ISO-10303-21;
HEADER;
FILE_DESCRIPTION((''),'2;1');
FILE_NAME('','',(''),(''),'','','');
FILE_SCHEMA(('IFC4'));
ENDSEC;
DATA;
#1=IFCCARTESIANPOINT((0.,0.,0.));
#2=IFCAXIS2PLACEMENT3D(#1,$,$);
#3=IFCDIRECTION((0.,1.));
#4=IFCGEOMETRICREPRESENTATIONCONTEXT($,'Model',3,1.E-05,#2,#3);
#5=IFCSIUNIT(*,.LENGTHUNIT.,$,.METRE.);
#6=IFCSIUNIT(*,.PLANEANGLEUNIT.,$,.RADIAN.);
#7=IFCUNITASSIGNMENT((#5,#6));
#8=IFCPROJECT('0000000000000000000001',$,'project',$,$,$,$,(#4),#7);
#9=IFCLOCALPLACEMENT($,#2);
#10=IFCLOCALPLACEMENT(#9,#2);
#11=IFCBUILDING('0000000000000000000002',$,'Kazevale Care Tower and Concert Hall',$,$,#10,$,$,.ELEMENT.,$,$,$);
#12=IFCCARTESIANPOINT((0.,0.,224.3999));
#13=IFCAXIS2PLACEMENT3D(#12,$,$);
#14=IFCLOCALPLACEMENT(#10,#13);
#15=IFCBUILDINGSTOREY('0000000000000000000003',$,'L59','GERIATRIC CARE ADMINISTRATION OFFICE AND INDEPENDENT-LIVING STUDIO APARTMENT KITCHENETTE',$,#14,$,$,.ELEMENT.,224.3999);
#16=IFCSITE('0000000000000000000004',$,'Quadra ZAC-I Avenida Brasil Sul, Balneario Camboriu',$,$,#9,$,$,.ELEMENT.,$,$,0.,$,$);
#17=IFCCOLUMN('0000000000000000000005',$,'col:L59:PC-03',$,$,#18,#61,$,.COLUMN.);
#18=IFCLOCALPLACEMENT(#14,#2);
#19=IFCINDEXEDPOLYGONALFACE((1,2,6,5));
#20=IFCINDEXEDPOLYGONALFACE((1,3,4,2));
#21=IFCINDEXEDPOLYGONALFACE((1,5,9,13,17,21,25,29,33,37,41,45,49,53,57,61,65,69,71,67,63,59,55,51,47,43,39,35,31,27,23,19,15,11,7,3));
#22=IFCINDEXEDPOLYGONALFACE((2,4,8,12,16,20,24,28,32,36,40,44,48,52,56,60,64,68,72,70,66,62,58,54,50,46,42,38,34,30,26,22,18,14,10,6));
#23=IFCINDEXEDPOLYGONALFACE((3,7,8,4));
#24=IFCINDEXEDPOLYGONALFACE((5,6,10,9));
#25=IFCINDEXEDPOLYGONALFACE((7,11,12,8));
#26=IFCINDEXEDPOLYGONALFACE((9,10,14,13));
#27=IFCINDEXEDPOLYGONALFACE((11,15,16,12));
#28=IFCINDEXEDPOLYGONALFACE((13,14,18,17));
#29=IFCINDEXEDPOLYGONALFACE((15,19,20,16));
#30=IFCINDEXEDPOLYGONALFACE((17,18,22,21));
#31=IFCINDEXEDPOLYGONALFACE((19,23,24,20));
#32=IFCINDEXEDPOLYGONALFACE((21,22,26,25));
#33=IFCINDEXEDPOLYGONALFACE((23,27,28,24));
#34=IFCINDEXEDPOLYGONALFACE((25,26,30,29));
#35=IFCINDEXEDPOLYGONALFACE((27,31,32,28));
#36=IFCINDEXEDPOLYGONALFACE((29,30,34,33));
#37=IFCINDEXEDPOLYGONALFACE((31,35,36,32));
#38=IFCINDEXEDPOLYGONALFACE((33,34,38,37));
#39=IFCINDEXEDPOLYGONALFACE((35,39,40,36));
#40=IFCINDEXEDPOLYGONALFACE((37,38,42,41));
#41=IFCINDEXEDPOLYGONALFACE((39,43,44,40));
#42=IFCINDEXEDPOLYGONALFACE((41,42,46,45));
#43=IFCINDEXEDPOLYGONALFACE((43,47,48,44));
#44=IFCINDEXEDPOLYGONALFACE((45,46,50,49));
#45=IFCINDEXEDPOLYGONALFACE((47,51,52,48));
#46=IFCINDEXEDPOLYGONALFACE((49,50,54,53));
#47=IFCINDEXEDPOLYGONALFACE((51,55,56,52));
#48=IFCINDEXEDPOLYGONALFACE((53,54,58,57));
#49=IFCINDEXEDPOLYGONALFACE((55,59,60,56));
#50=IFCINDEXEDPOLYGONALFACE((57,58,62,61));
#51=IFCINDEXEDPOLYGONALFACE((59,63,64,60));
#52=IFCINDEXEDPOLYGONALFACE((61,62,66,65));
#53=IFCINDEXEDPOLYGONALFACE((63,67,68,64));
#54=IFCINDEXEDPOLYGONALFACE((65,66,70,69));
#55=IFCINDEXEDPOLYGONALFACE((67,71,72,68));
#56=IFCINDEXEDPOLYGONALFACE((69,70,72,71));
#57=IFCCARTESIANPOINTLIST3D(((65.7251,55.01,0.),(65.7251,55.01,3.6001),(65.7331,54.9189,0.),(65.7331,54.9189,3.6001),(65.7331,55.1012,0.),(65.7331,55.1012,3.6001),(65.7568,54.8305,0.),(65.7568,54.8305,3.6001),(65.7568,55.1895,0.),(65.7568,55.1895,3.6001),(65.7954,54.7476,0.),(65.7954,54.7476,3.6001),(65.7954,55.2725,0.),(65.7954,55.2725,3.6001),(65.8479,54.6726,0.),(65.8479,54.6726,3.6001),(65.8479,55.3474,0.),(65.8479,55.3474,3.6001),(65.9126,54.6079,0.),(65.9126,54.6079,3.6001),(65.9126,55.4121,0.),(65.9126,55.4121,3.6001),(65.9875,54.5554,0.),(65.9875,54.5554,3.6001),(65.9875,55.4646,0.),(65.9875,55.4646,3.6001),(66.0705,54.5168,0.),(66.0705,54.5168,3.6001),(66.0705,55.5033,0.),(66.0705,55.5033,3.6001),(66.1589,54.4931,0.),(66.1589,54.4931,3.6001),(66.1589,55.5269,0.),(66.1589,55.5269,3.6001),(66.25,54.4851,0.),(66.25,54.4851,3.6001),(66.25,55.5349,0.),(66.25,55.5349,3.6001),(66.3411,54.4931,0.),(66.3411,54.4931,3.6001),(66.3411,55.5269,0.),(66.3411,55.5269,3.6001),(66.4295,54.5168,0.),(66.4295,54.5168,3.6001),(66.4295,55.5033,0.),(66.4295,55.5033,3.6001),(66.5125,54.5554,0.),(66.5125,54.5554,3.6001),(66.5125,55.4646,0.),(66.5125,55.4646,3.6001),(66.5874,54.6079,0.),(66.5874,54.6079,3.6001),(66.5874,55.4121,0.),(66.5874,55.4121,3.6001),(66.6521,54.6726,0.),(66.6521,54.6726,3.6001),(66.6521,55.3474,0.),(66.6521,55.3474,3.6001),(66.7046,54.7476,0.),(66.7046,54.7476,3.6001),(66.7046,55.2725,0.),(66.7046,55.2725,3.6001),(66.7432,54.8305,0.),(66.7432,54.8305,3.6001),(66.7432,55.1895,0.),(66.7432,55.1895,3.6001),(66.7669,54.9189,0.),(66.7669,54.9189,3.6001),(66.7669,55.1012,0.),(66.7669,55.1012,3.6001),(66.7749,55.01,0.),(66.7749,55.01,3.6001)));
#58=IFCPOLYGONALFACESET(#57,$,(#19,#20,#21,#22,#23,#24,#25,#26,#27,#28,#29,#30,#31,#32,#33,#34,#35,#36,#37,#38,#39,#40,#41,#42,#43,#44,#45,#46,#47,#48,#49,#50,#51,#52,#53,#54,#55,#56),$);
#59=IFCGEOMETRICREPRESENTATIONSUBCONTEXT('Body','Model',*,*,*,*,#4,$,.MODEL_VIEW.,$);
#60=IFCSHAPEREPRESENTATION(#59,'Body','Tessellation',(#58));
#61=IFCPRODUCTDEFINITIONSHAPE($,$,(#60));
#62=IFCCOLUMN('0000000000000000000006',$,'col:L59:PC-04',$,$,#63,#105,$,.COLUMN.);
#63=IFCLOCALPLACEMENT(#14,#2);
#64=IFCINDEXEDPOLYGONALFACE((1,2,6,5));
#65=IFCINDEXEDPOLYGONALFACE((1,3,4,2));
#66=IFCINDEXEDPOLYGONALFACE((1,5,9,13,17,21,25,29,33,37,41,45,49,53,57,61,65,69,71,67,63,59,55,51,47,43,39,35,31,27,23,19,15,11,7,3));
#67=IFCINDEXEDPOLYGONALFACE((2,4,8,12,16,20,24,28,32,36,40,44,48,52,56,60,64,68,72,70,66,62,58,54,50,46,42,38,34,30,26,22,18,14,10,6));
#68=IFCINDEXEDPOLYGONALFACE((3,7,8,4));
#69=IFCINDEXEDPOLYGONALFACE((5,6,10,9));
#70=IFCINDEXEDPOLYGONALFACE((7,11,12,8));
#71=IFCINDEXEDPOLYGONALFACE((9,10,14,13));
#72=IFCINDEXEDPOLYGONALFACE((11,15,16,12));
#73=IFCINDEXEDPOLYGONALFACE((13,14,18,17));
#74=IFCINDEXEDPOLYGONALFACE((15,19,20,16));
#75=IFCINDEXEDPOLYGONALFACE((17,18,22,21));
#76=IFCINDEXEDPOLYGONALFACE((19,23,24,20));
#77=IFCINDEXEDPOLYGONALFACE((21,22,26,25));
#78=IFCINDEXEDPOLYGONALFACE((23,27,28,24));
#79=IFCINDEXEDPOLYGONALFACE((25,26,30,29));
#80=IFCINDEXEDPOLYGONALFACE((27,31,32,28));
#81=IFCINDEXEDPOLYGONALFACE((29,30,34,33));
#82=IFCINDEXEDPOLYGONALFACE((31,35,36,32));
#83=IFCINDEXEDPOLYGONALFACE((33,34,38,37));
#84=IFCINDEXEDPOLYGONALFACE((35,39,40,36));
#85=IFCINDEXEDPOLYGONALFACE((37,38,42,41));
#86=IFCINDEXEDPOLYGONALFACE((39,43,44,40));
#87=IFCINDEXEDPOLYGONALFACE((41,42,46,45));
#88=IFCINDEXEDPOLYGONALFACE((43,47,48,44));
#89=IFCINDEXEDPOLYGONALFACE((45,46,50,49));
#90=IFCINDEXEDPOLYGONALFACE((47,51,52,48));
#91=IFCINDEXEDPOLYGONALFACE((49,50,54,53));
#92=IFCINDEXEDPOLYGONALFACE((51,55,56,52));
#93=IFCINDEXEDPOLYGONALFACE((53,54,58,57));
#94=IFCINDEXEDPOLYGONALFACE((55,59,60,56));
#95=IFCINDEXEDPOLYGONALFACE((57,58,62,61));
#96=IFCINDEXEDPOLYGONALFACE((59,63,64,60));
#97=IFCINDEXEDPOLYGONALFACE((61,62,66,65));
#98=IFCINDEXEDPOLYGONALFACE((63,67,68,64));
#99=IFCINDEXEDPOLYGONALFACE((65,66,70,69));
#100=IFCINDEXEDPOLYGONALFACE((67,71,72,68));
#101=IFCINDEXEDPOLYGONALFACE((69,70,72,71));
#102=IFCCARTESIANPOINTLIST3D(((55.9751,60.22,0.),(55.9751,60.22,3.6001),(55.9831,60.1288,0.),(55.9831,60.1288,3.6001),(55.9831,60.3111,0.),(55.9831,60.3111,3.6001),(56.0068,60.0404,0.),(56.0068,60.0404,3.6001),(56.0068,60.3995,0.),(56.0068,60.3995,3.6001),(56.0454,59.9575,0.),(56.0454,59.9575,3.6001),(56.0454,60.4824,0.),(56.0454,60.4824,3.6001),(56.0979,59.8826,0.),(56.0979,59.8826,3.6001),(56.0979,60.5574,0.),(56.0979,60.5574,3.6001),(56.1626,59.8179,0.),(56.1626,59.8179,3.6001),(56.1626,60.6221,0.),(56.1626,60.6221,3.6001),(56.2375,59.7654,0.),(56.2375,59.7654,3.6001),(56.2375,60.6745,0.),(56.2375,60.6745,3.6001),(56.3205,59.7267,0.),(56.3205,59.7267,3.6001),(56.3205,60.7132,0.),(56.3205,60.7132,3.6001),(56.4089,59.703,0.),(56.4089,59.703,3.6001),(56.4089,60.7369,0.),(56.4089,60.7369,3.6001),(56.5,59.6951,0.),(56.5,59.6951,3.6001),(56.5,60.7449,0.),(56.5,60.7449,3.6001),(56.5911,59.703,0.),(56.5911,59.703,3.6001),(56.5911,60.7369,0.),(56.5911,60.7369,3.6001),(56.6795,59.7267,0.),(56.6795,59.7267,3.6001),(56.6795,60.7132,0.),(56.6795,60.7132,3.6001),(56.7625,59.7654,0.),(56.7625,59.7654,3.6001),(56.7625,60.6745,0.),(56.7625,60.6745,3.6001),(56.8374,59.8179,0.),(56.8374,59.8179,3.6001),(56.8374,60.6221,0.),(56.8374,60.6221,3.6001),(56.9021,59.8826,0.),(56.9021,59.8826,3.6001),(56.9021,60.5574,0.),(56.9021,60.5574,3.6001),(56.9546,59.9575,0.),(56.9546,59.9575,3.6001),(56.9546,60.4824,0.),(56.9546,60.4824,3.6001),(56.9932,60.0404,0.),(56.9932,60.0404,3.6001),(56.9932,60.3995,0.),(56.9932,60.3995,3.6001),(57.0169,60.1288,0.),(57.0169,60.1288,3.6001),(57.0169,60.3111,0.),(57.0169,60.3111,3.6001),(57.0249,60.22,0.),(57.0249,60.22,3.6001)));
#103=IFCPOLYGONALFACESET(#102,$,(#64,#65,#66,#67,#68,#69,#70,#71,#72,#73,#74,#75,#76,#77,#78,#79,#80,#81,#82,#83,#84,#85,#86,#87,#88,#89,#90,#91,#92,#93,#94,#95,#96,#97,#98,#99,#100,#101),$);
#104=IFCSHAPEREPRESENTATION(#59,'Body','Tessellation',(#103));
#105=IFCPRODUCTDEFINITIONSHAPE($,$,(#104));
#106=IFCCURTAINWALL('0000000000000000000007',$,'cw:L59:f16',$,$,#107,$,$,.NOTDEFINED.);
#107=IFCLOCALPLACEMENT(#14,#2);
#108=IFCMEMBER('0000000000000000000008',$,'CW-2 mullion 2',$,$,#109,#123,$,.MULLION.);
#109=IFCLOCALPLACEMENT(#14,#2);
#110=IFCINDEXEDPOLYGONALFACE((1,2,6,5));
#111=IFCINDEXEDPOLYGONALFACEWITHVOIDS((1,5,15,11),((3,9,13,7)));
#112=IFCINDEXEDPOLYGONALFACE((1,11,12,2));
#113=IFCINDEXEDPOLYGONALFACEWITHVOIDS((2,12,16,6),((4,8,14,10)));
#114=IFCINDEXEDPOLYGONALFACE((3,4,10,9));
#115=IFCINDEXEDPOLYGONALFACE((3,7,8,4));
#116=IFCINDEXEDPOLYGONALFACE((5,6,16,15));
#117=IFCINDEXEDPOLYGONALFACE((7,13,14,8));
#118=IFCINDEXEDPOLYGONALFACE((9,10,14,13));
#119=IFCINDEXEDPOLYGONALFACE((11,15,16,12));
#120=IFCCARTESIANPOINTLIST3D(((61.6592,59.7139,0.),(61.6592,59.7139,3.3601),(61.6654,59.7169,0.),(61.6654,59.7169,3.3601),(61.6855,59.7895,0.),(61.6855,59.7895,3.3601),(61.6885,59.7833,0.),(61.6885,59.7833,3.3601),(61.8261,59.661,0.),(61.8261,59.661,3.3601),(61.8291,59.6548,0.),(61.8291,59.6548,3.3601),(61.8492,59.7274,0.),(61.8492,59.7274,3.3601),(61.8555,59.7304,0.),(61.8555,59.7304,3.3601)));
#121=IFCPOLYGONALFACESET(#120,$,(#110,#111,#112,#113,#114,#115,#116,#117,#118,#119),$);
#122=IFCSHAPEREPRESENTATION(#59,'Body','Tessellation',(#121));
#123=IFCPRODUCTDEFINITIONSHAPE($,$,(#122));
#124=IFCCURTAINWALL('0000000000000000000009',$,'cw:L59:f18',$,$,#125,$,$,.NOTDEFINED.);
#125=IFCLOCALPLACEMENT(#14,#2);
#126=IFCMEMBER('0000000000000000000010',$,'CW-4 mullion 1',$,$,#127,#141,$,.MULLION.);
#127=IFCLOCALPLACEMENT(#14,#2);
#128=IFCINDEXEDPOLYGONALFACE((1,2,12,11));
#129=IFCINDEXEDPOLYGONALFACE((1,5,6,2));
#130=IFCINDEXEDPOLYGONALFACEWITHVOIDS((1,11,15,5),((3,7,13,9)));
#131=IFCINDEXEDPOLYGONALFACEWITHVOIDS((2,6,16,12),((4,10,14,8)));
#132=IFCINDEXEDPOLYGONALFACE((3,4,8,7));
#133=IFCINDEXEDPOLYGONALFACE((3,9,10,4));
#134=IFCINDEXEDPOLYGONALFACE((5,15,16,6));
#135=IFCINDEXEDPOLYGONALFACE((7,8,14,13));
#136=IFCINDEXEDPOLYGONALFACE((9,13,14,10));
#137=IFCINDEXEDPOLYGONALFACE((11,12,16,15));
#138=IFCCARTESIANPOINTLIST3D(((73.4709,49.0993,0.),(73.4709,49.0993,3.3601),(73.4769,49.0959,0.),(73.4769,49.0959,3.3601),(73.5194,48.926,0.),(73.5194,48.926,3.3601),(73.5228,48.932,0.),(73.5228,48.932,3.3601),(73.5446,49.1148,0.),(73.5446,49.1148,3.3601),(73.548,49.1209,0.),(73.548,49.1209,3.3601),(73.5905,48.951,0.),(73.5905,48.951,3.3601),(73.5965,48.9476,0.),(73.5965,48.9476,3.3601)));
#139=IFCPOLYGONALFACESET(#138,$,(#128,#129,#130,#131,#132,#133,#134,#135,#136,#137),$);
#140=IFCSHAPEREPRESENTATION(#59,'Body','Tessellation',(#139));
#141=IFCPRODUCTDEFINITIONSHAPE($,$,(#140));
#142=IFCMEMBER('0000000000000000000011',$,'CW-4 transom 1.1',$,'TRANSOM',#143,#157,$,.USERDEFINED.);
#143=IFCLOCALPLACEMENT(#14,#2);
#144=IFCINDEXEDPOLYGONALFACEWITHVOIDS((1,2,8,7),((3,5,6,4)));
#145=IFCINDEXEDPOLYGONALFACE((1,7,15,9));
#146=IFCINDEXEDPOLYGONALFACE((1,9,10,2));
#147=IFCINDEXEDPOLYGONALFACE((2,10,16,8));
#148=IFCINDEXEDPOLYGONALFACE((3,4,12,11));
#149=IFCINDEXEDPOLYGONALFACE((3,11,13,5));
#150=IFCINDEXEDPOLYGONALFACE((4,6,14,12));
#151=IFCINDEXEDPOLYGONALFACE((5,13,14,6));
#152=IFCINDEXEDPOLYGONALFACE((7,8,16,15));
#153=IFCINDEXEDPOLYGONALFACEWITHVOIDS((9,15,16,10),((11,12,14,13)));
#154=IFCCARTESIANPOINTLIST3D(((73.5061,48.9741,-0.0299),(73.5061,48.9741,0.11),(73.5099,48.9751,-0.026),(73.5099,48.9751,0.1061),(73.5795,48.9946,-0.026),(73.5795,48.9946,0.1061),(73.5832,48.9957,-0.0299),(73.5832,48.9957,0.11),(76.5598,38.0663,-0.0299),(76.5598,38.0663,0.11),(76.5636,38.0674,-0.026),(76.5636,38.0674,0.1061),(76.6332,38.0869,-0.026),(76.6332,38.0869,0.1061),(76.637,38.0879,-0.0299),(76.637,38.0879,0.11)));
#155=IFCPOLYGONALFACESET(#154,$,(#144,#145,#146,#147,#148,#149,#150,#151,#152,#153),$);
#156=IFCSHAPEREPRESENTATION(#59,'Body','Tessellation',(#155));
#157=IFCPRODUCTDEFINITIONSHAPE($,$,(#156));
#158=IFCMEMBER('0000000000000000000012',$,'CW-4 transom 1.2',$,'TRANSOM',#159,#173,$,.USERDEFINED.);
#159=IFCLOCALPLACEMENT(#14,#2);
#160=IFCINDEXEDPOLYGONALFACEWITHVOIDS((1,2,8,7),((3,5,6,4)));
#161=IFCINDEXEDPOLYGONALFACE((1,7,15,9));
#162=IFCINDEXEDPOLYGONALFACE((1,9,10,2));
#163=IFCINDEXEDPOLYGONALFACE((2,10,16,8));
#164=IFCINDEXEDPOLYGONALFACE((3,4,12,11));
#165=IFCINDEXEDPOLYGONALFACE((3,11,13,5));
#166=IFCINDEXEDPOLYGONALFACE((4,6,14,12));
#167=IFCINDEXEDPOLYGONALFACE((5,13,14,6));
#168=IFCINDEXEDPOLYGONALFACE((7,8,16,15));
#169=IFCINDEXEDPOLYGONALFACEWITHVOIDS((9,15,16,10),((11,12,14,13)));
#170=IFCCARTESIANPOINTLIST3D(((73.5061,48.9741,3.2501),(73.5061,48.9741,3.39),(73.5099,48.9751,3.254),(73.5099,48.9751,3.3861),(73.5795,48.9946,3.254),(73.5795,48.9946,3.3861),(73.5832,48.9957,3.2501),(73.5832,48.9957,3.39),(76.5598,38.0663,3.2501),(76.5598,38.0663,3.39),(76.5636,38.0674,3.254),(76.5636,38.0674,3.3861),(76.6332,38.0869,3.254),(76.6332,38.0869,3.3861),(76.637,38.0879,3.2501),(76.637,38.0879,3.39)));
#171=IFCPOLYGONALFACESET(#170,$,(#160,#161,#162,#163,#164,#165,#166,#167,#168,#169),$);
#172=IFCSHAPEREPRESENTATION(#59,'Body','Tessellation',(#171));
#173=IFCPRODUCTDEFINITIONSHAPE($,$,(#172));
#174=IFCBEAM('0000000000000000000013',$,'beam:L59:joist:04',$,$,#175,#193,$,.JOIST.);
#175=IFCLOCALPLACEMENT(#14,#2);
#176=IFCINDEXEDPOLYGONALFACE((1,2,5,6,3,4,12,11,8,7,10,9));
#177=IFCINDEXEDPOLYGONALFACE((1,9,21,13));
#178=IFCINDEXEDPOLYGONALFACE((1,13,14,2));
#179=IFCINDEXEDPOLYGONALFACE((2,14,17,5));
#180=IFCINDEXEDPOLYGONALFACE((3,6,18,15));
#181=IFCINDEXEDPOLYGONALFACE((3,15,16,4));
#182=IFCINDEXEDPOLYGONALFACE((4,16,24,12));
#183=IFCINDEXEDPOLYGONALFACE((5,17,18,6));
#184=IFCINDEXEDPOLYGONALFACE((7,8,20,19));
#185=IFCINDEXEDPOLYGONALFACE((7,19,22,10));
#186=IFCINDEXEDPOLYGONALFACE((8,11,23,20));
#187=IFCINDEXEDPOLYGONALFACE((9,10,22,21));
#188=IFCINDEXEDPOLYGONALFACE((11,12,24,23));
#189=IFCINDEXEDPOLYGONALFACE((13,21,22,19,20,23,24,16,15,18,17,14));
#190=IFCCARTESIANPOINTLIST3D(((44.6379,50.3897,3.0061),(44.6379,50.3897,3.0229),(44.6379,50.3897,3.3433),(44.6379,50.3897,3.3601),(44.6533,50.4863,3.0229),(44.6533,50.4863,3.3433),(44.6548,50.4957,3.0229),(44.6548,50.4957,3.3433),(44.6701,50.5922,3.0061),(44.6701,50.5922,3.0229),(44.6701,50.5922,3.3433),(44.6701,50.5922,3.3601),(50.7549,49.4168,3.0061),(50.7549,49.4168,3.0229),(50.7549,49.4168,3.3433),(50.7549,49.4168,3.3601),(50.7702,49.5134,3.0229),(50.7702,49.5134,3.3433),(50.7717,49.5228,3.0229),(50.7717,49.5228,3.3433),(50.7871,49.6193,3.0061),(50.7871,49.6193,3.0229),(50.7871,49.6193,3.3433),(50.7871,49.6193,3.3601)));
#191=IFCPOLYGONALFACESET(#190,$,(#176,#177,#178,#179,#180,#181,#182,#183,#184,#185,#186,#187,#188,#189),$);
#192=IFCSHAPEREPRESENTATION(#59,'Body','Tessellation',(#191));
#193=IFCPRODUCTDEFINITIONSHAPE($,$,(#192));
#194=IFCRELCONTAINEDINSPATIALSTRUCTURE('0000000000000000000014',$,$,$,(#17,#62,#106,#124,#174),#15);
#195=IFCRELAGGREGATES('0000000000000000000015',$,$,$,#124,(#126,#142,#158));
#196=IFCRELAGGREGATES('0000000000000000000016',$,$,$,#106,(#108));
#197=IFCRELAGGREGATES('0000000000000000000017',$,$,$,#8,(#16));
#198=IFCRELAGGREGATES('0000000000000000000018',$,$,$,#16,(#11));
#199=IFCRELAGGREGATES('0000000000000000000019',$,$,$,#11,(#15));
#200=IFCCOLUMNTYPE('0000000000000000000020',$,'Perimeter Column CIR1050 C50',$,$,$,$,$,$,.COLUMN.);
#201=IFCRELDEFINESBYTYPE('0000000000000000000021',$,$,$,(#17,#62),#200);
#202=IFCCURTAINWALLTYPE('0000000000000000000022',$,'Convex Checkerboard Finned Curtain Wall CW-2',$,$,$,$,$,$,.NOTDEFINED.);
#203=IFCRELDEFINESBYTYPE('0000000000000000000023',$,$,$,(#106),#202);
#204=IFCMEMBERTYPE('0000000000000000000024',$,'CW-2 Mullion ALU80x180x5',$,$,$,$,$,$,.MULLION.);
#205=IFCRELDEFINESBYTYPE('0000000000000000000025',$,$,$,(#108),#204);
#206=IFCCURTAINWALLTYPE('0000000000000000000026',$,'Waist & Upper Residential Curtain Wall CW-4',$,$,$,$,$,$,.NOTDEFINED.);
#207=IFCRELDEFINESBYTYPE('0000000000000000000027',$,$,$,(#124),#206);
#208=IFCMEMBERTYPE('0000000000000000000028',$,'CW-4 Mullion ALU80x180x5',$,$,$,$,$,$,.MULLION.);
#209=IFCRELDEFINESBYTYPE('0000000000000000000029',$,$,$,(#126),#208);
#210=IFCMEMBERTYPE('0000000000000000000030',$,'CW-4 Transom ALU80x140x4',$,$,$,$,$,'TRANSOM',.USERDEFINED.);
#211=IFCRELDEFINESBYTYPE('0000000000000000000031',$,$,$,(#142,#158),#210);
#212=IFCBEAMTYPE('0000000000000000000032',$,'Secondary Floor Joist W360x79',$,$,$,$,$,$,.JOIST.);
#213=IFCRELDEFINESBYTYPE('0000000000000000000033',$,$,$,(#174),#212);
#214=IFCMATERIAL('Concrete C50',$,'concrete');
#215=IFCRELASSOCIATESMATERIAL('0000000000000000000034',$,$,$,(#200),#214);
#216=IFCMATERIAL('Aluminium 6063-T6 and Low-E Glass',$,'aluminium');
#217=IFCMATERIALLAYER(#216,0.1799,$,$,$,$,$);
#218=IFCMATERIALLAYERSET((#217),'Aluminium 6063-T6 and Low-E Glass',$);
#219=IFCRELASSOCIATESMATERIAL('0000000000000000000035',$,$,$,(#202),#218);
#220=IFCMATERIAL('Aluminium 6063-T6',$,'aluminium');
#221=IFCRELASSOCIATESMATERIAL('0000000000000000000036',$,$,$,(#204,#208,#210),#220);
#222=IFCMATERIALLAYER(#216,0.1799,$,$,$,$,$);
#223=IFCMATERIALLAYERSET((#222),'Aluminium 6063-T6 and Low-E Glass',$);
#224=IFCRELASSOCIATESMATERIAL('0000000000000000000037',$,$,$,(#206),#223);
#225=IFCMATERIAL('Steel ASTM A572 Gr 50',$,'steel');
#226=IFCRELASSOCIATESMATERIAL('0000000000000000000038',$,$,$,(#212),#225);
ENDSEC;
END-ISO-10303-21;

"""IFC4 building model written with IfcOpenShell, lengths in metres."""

from ifc_helpers import new_model, si_unit, direction, frame, origin, origin_2d, place, context, subcontext, project, spatial, hollow_rectangle, circle, i_section, extrude, material, layer, layer_set, material_profile, profile_set, type_object, element, aggregate, save


model = new_model("IFC4")

# Units and contexts
model_context = context("Model", 3, precision=1e-05, world=origin(), true_north=direction((0.0, 1.0)))
body_context = subcontext(model_context, "Body", "Model", "MODEL_VIEW")
ifc_project = project(units=[si_unit("LENGTHUNIT", "METRE"), si_unit("PLANEANGLEUNIT", "RADIAN")], contexts=[model_context])

# Site, building, storey
site_placement = place(None, origin())
site = spatial("IfcSite", under=ifc_project, at=site_placement, Name="Quadra ZAC-I Avenida Brasil Sul, Balneario Camboriu", CompositionType="ELEMENT", RefElevation=0.0)
building_placement = place(site_placement, origin())
building = spatial("IfcBuilding", under=site, at=building_placement, Name="Kazevale Care Tower and Concert Hall", CompositionType="ELEMENT")
storey_placement = place(building_placement, frame((0.0, 0.0, 224.3999)))
storey = spatial("IfcBuildingStorey", under=building, at=storey_placement, Name="L59", Description="GERIATRIC CARE ADMINISTRATION OFFICE AND INDEPENDENT-LIVING STUDIO APARTMENT KITCHENETTE", CompositionType="ELEMENT", Elevation=224.3999)

# Columns
ifc_material_1 = material(Name="Concrete C50", Category="concrete")
ifc_material_profile_1 = material_profile(ifc_material_1, circle(Radius=0.5249, at=origin_2d()), Name="RC-CIR1050")
ifc_profile_set_1 = profile_set([ifc_material_profile_1], Name="Concrete C50")
column_type = type_object("IfcColumnType", Name="Perimeter Column CIR1050 C50", PredefinedType="COLUMN", material=ifc_profile_set_1)
for number, where, z_axis, x_axis, name in (
    (1, (66.25, 55.01, 0.0), (0.0, 0.0, 1.0), (1.0, 0.0, 0.0), "col:L59:PC-03"),
    (2, (56.5, 60.22, 0.0), (0.0, 0.0, 1.0), (1.0, 0.0, 0.0), "col:L59:PC-04"),
):
    element("IfcColumn", number, at=place(storey_placement, frame(where, z_axis=z_axis, x_axis=x_axis)), inside=storey, type_object=column_type, Name=name, PredefinedType="COLUMN", context=body_context, shape_type="SweptSolid", body=[
        extrude(circle(Radius=0.5249, at=origin_2d()), origin(), (0.0, 0.0, 1.0), 3.6001),
    ])

# Curtain wall, member
ifc_material_2 = material(Name="Aluminium 6063-T6 and Low-E Glass", Category="aluminium")
ifc_layer_1 = layer(ifc_material_2, 0.1799)
ifc_layer_set_1 = layer_set([ifc_layer_1], Name="Aluminium 6063-T6 and Low-E Glass")
curtain_wall_type_1 = type_object("IfcCurtainWallType", Name="Convex Checkerboard Finned Curtain Wall CW-2", PredefinedType="NOTDEFINED", material=ifc_layer_set_1)
curtain_wall_1_placement = place(storey_placement, origin())
curtain_wall_1 = element("IfcCurtainWall", 3, at=curtain_wall_1_placement, inside=storey, type_object=curtain_wall_type_1, Name="cw:L59:f16", PredefinedType="NOTDEFINED")
ifc_material_3 = material(Name="Aluminium 6063-T6", Category="aluminium")
ifc_material_profile_2 = material_profile(ifc_material_3, hollow_rectangle(XDim=0.0801, YDim=0.1799, WallThickness=0.0049, at=origin_2d()), Name="ALU80x180x5")
ifc_profile_set_2 = profile_set([ifc_material_profile_2], Name="Aluminium 6063-T6")
member_type_1 = type_object("IfcMemberType", Name="CW-2 Mullion ALU80x180x5", PredefinedType="MULLION", material=ifc_profile_set_2)
member_1_placement = place(storey_placement, frame((61.7573, 59.7222, 0.0), z_axis=(0.0, 0.0, 1.0), x_axis=(0.328584, 0.944475, 0.0)))
member_1 = element("IfcMember", 4, at=member_1_placement, type_object=member_type_1, Name="CW-2 mullion 2", PredefinedType="MULLION", context=body_context, shape_type="SweptSolid", body=[
    extrude(hollow_rectangle(XDim=0.0801, YDim=0.1799, WallThickness=0.0049, at=origin_2d()), origin(), (0.0, 0.0, 1.0), 3.3601),
])

# Curtain wall, members
ifc_layer_2 = layer(ifc_material_2, 0.1799)
ifc_layer_set_2 = layer_set([ifc_layer_2], Name="Aluminium 6063-T6 and Low-E Glass")
curtain_wall_type_2 = type_object("IfcCurtainWallType", Name="Waist & Upper Residential Curtain Wall CW-4", PredefinedType="NOTDEFINED", material=ifc_layer_set_2)
curtain_wall_2_placement = place(storey_placement, origin())
curtain_wall_2 = element("IfcCurtainWall", 5, at=curtain_wall_2_placement, inside=storey, type_object=curtain_wall_type_2, Name="cw:L59:f18", PredefinedType="NOTDEFINED")
ifc_material_profile_3 = material_profile(ifc_material_3, hollow_rectangle(XDim=0.0801, YDim=0.1799, WallThickness=0.0049, at=origin_2d()), Name="ALU80x180x5")
ifc_profile_set_3 = profile_set([ifc_material_profile_3], Name="Aluminium 6063-T6")
member_type_2 = type_object("IfcMemberType", Name="CW-4 Mullion ALU80x180x5", PredefinedType="MULLION", material=ifc_profile_set_3)
member_2_placement = place(storey_placement, frame((73.5337, 49.0234, 0.0), z_axis=(0.0, 0.0, 1.0), x_axis=(0.962972, 0.269601, 0.0)))
member_2 = element("IfcMember", 6, at=member_2_placement, type_object=member_type_2, Name="CW-4 mullion 1", PredefinedType="MULLION", context=body_context, shape_type="SweptSolid", body=[
    extrude(hollow_rectangle(XDim=0.0801, YDim=0.1799, WallThickness=0.0049, at=origin_2d()), origin(), (0.0, 0.0, 1.0), 3.3601),
])
ifc_material_profile_4 = material_profile(ifc_material_3, hollow_rectangle(XDim=0.0801, YDim=0.1399, WallThickness=0.0039, at=origin_2d()), Name="ALU80x140x4")
ifc_profile_set_4 = profile_set([ifc_material_profile_4], Name="Aluminium 6063-T6")
member_type_3 = type_object("IfcMemberType", Name="CW-4 Transom ALU80x140x4", ElementType="TRANSOM", PredefinedType="USERDEFINED", material=ifc_profile_set_4)
member_3_placement = place(storey_placement, frame((73.5447, 48.9849, 0.04), z_axis=(0.269593, -0.962974, 0.0), x_axis=(0.962974, 0.269593, 0.0)))
member_3 = element("IfcMember", 7, at=member_3_placement, type_object=member_type_3, Name="CW-4 transom 1.1", ObjectType="TRANSOM", PredefinedType="USERDEFINED", context=body_context, shape_type="SweptSolid", body=[
    extrude(hollow_rectangle(XDim=0.0801, YDim=0.1399, WallThickness=0.0039, at=origin_2d()), origin(), (0.0, 0.0, 1.0), 11.3271),
])
member_4_placement = place(storey_placement, frame((73.5447, 48.9849, 3.3201), z_axis=(0.269593, -0.962974, 0.0), x_axis=(0.962974, 0.269593, 0.0)))
member_4 = element("IfcMember", 8, at=member_4_placement, type_object=member_type_3, Name="CW-4 transom 1.2", ObjectType="TRANSOM", PredefinedType="USERDEFINED", context=body_context, shape_type="SweptSolid", body=[
    extrude(hollow_rectangle(XDim=0.0801, YDim=0.1399, WallThickness=0.0039, at=origin_2d()), origin(), (0.0, 0.0, 1.0), 11.3271),
])
aggregate(curtain_wall_2, [member_2, member_3, member_4])

# Beam
ifc_material_4 = material(Name="Steel ASTM A572 Gr 50", Category="steel")
ifc_material_profile_5 = material_profile(ifc_material_4, i_section(OverallWidth=0.2051, OverallDepth=0.354, WebThickness=0.0095, FlangeThickness=0.0168, at=origin_2d()), Name="W360x79")
ifc_profile_set_5 = profile_set([ifc_material_profile_5], Name="Steel ASTM A572 Gr 50")
beam_type_1 = type_object("IfcBeamType", Name="Secondary Floor Joist W360x79", PredefinedType="JOIST", material=ifc_profile_set_5)
beam_1_placement = place(storey_placement, frame((50.771, 49.5181, 3.1831), z_axis=(-0.987587, 0.157076, 0.0), x_axis=(-0.157076, -0.987587, 0.0)))
element("IfcBeam", 9, at=beam_1_placement, inside=storey, type_object=beam_type_1, Name="beam:L59:joist:04", PredefinedType="JOIST", context=body_context, shape_type="SweptSolid", body=[
    extrude(i_section(OverallWidth=0.2051, OverallDepth=0.354, WebThickness=0.0095, FlangeThickness=0.0168, at=origin_2d()), origin(), (0.0, 0.0, 1.0), 6.1938),
])

aggregate(curtain_wall_1, [member_1])

save(model, "model.ifc")
